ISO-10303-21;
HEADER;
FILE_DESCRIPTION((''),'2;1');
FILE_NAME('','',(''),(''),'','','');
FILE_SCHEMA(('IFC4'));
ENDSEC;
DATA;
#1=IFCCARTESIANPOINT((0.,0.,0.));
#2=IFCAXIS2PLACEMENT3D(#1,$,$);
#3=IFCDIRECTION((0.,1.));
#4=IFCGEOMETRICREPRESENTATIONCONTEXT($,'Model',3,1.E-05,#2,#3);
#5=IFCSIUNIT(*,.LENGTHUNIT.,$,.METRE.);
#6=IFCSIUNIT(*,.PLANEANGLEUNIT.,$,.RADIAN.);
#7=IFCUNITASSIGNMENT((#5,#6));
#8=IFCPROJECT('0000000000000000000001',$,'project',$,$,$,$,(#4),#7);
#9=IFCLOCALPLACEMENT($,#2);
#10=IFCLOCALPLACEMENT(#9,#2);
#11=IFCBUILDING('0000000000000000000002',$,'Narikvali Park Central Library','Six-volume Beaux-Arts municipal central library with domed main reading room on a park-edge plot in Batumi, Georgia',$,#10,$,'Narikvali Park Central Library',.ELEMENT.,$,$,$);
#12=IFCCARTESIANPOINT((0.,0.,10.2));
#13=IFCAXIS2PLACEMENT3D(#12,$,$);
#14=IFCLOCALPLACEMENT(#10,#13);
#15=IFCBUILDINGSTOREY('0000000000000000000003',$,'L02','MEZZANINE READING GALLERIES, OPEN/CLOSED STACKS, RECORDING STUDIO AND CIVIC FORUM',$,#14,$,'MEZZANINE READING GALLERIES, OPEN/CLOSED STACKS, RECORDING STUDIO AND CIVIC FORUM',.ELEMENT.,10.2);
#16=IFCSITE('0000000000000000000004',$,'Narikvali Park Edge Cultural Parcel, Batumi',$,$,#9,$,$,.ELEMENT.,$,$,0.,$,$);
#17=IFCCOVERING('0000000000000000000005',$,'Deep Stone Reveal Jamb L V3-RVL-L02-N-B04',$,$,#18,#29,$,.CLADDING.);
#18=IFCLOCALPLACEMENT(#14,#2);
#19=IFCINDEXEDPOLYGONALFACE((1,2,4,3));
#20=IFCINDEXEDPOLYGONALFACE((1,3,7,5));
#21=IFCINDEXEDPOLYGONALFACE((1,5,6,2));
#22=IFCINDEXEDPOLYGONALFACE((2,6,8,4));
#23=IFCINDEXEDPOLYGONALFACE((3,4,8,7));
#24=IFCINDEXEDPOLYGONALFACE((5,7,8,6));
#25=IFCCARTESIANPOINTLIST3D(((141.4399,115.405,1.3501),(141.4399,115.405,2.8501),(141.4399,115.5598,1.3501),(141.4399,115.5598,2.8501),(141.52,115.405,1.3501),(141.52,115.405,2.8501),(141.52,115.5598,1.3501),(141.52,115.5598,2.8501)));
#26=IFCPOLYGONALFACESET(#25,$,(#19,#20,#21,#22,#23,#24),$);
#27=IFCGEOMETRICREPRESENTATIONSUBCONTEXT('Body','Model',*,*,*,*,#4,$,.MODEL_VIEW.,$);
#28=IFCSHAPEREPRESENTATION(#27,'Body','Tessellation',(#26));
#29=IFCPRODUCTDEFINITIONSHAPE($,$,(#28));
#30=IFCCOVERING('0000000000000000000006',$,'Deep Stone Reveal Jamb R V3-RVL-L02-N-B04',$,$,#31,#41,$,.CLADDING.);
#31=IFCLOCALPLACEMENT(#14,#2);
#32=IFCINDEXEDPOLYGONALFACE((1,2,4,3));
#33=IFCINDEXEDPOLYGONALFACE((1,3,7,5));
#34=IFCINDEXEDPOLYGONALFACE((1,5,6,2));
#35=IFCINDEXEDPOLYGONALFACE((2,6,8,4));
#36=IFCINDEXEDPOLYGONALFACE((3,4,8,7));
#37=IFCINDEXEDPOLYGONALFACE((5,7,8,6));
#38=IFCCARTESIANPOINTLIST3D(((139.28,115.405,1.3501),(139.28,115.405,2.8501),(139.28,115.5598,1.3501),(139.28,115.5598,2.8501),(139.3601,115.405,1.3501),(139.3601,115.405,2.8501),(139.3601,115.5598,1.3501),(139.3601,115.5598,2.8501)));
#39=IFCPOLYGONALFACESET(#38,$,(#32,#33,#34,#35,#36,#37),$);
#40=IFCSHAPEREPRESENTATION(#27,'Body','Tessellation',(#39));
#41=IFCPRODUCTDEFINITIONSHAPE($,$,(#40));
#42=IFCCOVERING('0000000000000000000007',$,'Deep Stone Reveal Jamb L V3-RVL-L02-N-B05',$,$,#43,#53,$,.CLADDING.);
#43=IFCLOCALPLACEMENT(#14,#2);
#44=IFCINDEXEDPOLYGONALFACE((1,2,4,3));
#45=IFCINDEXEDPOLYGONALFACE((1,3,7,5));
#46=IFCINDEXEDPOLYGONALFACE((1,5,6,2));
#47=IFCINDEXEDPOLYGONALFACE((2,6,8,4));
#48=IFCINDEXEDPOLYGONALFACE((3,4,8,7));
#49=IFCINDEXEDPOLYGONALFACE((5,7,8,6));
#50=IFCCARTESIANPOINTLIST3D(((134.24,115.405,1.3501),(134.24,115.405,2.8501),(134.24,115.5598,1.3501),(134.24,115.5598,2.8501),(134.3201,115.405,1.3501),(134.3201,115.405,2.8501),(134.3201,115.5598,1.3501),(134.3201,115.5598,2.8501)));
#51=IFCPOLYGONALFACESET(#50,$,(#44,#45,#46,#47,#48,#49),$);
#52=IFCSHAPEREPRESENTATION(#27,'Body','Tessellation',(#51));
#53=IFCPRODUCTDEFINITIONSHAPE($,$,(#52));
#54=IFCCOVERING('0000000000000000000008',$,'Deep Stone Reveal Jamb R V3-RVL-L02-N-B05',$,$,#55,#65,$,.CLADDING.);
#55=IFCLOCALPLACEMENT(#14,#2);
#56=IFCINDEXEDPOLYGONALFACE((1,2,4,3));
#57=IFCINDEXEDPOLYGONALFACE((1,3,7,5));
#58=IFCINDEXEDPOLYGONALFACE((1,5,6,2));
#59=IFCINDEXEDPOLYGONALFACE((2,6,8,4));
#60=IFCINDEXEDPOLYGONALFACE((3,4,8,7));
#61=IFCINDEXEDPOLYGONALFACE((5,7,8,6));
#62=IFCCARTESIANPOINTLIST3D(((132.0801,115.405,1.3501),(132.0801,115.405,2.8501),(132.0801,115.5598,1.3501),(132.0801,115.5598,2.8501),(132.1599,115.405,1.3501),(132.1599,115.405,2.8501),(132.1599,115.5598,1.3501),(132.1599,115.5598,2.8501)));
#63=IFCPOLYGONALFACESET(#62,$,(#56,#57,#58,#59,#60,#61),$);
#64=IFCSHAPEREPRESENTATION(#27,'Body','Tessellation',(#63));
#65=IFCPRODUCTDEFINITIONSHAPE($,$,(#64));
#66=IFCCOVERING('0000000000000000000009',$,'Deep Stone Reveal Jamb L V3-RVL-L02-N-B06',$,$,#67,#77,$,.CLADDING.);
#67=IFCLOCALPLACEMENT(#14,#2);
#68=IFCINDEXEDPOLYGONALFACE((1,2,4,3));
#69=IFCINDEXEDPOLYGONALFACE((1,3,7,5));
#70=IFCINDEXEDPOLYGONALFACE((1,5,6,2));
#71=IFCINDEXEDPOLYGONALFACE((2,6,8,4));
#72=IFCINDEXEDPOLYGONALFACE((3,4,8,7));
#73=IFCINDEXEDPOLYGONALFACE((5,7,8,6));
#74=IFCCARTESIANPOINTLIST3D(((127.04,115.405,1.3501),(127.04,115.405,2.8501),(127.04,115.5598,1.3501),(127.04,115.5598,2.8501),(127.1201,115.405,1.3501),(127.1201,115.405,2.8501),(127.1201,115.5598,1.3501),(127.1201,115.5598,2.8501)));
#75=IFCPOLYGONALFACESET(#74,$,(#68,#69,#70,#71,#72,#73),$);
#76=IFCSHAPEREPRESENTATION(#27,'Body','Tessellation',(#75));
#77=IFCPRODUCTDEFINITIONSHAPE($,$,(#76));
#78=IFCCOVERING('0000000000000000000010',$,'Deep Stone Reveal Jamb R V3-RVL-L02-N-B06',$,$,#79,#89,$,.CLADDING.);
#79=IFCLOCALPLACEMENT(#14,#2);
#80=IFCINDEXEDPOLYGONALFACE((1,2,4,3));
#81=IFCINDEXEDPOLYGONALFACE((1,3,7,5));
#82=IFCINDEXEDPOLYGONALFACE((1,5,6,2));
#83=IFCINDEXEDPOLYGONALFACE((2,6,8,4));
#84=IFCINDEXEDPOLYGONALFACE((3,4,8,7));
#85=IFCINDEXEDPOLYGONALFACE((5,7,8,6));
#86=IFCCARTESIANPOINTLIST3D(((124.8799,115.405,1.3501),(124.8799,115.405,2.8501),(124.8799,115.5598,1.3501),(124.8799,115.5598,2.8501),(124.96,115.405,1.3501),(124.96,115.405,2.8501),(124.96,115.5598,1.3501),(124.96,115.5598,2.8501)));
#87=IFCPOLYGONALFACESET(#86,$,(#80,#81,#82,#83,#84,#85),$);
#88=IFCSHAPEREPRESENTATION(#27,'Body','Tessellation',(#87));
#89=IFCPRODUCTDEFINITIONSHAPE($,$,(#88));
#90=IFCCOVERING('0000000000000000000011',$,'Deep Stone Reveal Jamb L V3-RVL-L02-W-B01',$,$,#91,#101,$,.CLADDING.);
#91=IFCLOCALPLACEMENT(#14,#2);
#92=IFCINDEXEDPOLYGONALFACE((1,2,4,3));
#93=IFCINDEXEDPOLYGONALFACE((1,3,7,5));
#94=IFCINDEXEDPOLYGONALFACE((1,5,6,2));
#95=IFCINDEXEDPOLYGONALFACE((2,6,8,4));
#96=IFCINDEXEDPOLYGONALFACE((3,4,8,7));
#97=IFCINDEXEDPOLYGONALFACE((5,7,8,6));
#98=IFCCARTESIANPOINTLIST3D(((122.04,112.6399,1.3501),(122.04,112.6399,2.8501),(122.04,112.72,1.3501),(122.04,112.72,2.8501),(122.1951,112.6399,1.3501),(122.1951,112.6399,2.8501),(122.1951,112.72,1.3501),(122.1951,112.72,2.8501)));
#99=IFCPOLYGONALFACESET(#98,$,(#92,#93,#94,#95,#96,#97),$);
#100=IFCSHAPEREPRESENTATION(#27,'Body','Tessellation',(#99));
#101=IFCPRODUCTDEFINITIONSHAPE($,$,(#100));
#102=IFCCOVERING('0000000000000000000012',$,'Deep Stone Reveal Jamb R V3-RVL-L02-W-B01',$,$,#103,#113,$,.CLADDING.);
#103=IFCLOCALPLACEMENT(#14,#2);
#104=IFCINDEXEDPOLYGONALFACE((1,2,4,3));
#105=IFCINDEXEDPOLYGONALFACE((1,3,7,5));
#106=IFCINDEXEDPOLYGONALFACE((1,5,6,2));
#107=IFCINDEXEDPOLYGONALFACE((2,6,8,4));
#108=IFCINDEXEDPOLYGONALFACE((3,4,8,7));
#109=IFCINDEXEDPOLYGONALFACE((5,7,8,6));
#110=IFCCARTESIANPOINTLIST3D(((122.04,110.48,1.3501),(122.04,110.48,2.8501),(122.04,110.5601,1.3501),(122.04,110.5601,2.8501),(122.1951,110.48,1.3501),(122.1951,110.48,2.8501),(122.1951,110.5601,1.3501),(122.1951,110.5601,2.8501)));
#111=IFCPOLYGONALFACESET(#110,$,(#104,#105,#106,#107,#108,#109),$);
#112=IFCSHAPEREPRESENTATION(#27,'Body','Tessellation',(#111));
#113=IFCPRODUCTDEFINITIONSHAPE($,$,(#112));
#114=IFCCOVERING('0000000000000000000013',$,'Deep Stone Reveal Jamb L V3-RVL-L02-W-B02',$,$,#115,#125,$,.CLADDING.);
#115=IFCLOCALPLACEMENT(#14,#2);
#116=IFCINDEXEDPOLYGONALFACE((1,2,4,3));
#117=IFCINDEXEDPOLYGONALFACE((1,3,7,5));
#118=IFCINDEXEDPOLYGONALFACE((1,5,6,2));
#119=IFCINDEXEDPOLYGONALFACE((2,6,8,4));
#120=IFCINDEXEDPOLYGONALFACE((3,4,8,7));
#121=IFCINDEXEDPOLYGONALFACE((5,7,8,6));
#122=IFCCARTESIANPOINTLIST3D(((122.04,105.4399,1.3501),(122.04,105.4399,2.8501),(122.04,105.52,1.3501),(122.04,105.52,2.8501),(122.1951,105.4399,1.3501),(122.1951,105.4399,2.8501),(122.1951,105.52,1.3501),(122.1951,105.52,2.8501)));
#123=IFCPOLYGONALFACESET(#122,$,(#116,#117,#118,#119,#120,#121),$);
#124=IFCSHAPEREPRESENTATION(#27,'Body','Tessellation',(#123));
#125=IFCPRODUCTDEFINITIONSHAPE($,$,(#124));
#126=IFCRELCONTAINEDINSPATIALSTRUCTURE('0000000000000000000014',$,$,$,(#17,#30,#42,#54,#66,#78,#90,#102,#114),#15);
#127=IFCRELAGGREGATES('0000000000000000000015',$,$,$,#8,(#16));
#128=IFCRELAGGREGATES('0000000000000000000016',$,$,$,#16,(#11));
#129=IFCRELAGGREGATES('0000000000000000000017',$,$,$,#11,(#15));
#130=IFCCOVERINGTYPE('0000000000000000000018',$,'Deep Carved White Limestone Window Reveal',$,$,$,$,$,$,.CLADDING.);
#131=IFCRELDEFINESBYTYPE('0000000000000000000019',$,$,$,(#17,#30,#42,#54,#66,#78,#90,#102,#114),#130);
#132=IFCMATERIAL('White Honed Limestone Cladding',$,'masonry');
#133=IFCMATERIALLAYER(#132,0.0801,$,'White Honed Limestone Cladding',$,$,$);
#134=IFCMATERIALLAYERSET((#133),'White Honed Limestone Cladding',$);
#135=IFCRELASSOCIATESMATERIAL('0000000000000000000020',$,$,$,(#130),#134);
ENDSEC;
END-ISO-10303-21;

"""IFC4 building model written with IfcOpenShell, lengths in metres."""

from ifc_helpers import new_model, si_unit, direction, frame, origin, place, context, subcontext, project, spatial, polyline, outline, extrude, material, layer, layer_set, type_object, element, save


model = new_model("IFC4")

# Units and contexts
model_context = context("Model", 3, precision=1e-05, world=origin(), true_north=direction((0.0, 1.0)))
body_context = subcontext(model_context, "Body", "Model", "MODEL_VIEW")
ifc_project = project(units=[si_unit("LENGTHUNIT", "METRE"), si_unit("PLANEANGLEUNIT", "RADIAN")], contexts=[model_context])

# Site, building, storey
site_placement = place(None, origin())
site = spatial("IfcSite", under=ifc_project, at=site_placement, Name="Narikvali Park Edge Cultural Parcel, Batumi", CompositionType="ELEMENT", RefElevation=0.0)
building_placement = place(site_placement, origin())
building = spatial("IfcBuilding", under=site, at=building_placement, Name="Narikvali Park Central Library", Description="Six-volume Beaux-Arts municipal central library with domed main reading room on a park-edge plot in Batumi, Georgia", LongName="Narikvali Park Central Library", CompositionType="ELEMENT")
storey_placement = place(building_placement, frame((0.0, 0.0, 10.2)))
storey = spatial("IfcBuildingStorey", under=building, at=storey_placement, Name="L02", Description="MEZZANINE READING GALLERIES, OPEN/CLOSED STACKS, RECORDING STUDIO AND CIVIC FORUM", LongName="MEZZANINE READING GALLERIES, OPEN/CLOSED STACKS, RECORDING STUDIO AND CIVIC FORUM", CompositionType="ELEMENT", Elevation=10.2)

# Coverings
ifc_material = material(Name="White Honed Limestone Cladding", Category="masonry")
ifc_layer = layer(ifc_material, 0.0801, Name="White Honed Limestone Cladding")
ifc_layer_set = layer_set([ifc_layer], Name="White Honed Limestone Cladding")
covering_type = type_object("IfcCoveringType", Name="Deep Carved White Limestone Window Reveal", PredefinedType="CLADDING", material=ifc_layer_set)
covering_1_placement = place(storey_placement, frame((0.0, 0.0, 1.3501)))
element("IfcCovering", 1, at=covering_1_placement, inside=storey, type_object=covering_type, Name="Deep Stone Reveal Jamb L V3-RVL-L02-N-B04", PredefinedType="CLADDING", context=body_context, shape_type="SweptSolid", body=[
    extrude(outline(polyline([(141.52, 115.405), (141.4399, 115.405), (141.4399, 115.5598), (141.52, 115.5598), (141.52, 115.405)])), origin(), (0.0, 0.0, 1.0), 1.5),
])
covering_2_placement = place(storey_placement, frame((0.0, 0.0, 1.3501)))
element("IfcCovering", 2, at=covering_2_placement, inside=storey, type_object=covering_type, Name="Deep Stone Reveal Jamb R V3-RVL-L02-N-B04", PredefinedType="CLADDING", context=body_context, shape_type="SweptSolid", body=[
    extrude(outline(polyline([(139.3601, 115.405), (139.28, 115.405), (139.28, 115.5598), (139.3601, 115.5598), (139.3601, 115.405)])), origin(), (0.0, 0.0, 1.0), 1.5),
])
covering_3_placement = place(storey_placement, frame((0.0, 0.0, 1.3501)))
element("IfcCovering", 3, at=covering_3_placement, inside=storey, type_object=covering_type, Name="Deep Stone Reveal Jamb L V3-RVL-L02-N-B05", PredefinedType="CLADDING", context=body_context, shape_type="SweptSolid", body=[
    extrude(outline(polyline([(134.3201, 115.405), (134.24, 115.405), (134.24, 115.5598), (134.3201, 115.5598), (134.3201, 115.405)])), origin(), (0.0, 0.0, 1.0), 1.5),
])
covering_4_placement = place(storey_placement, frame((0.0, 0.0, 1.3501)))
element("IfcCovering", 4, at=covering_4_placement, inside=storey, type_object=covering_type, Name="Deep Stone Reveal Jamb R V3-RVL-L02-N-B05", PredefinedType="CLADDING", context=body_context, shape_type="SweptSolid", body=[
    extrude(outline(polyline([(132.1599, 115.405), (132.0801, 115.405), (132.0801, 115.5598), (132.1599, 115.5598), (132.1599, 115.405)])), origin(), (0.0, 0.0, 1.0), 1.5),
])
covering_5_placement = place(storey_placement, frame((0.0, 0.0, 1.3501)))
element("IfcCovering", 5, at=covering_5_placement, inside=storey, type_object=covering_type, Name="Deep Stone Reveal Jamb L V3-RVL-L02-N-B06", PredefinedType="CLADDING", context=body_context, shape_type="SweptSolid", body=[
    extrude(outline(polyline([(127.1201, 115.405), (127.04, 115.405), (127.04, 115.5598), (127.1201, 115.5598), (127.1201, 115.405)])), origin(), (0.0, 0.0, 1.0), 1.5),
])
covering_6_placement = place(storey_placement, frame((0.0, 0.0, 1.3501)))
element("IfcCovering", 6, at=covering_6_placement, inside=storey, type_object=covering_type, Name="Deep Stone Reveal Jamb R V3-RVL-L02-N-B06", PredefinedType="CLADDING", context=body_context, shape_type="SweptSolid", body=[
    extrude(outline(polyline([(124.96, 115.405), (124.8799, 115.405), (124.8799, 115.5598), (124.96, 115.5598), (124.96, 115.405)])), origin(), (0.0, 0.0, 1.0), 1.5),
])
covering_7_placement = place(storey_placement, frame((0.0, 0.0, 1.3501)))
element("IfcCovering", 7, at=covering_7_placement, inside=storey, type_object=covering_type, Name="Deep Stone Reveal Jamb L V3-RVL-L02-W-B01", PredefinedType="CLADDING", context=body_context, shape_type="SweptSolid", body=[
    extrude(outline(polyline([(122.1951, 112.72), (122.1951, 112.6399), (122.04, 112.6399), (122.04, 112.72), (122.1951, 112.72)])), origin(), (0.0, 0.0, 1.0), 1.5),
])
covering_8_placement = place(storey_placement, frame((0.0, 0.0, 1.3501)))
element("IfcCovering", 8, at=covering_8_placement, inside=storey, type_object=covering_type, Name="Deep Stone Reveal Jamb R V3-RVL-L02-W-B01", PredefinedType="CLADDING", context=body_context, shape_type="SweptSolid", body=[
    extrude(outline(polyline([(122.1951, 110.5601), (122.1951, 110.48), (122.04, 110.48), (122.04, 110.5601), (122.1951, 110.5601)])), origin(), (0.0, 0.0, 1.0), 1.5),
])
covering_9_placement = place(storey_placement, frame((0.0, 0.0, 1.3501)))
element("IfcCovering", 9, at=covering_9_placement, inside=storey, type_object=covering_type, Name="Deep Stone Reveal Jamb L V3-RVL-L02-W-B02", PredefinedType="CLADDING", context=body_context, shape_type="SweptSolid", body=[
    extrude(outline(polyline([(122.1951, 105.52), (122.1951, 105.4399), (122.04, 105.4399), (122.04, 105.52), (122.1951, 105.52)])), origin(), (0.0, 0.0, 1.0), 1.5),
])

save(model, "model.ifc")
